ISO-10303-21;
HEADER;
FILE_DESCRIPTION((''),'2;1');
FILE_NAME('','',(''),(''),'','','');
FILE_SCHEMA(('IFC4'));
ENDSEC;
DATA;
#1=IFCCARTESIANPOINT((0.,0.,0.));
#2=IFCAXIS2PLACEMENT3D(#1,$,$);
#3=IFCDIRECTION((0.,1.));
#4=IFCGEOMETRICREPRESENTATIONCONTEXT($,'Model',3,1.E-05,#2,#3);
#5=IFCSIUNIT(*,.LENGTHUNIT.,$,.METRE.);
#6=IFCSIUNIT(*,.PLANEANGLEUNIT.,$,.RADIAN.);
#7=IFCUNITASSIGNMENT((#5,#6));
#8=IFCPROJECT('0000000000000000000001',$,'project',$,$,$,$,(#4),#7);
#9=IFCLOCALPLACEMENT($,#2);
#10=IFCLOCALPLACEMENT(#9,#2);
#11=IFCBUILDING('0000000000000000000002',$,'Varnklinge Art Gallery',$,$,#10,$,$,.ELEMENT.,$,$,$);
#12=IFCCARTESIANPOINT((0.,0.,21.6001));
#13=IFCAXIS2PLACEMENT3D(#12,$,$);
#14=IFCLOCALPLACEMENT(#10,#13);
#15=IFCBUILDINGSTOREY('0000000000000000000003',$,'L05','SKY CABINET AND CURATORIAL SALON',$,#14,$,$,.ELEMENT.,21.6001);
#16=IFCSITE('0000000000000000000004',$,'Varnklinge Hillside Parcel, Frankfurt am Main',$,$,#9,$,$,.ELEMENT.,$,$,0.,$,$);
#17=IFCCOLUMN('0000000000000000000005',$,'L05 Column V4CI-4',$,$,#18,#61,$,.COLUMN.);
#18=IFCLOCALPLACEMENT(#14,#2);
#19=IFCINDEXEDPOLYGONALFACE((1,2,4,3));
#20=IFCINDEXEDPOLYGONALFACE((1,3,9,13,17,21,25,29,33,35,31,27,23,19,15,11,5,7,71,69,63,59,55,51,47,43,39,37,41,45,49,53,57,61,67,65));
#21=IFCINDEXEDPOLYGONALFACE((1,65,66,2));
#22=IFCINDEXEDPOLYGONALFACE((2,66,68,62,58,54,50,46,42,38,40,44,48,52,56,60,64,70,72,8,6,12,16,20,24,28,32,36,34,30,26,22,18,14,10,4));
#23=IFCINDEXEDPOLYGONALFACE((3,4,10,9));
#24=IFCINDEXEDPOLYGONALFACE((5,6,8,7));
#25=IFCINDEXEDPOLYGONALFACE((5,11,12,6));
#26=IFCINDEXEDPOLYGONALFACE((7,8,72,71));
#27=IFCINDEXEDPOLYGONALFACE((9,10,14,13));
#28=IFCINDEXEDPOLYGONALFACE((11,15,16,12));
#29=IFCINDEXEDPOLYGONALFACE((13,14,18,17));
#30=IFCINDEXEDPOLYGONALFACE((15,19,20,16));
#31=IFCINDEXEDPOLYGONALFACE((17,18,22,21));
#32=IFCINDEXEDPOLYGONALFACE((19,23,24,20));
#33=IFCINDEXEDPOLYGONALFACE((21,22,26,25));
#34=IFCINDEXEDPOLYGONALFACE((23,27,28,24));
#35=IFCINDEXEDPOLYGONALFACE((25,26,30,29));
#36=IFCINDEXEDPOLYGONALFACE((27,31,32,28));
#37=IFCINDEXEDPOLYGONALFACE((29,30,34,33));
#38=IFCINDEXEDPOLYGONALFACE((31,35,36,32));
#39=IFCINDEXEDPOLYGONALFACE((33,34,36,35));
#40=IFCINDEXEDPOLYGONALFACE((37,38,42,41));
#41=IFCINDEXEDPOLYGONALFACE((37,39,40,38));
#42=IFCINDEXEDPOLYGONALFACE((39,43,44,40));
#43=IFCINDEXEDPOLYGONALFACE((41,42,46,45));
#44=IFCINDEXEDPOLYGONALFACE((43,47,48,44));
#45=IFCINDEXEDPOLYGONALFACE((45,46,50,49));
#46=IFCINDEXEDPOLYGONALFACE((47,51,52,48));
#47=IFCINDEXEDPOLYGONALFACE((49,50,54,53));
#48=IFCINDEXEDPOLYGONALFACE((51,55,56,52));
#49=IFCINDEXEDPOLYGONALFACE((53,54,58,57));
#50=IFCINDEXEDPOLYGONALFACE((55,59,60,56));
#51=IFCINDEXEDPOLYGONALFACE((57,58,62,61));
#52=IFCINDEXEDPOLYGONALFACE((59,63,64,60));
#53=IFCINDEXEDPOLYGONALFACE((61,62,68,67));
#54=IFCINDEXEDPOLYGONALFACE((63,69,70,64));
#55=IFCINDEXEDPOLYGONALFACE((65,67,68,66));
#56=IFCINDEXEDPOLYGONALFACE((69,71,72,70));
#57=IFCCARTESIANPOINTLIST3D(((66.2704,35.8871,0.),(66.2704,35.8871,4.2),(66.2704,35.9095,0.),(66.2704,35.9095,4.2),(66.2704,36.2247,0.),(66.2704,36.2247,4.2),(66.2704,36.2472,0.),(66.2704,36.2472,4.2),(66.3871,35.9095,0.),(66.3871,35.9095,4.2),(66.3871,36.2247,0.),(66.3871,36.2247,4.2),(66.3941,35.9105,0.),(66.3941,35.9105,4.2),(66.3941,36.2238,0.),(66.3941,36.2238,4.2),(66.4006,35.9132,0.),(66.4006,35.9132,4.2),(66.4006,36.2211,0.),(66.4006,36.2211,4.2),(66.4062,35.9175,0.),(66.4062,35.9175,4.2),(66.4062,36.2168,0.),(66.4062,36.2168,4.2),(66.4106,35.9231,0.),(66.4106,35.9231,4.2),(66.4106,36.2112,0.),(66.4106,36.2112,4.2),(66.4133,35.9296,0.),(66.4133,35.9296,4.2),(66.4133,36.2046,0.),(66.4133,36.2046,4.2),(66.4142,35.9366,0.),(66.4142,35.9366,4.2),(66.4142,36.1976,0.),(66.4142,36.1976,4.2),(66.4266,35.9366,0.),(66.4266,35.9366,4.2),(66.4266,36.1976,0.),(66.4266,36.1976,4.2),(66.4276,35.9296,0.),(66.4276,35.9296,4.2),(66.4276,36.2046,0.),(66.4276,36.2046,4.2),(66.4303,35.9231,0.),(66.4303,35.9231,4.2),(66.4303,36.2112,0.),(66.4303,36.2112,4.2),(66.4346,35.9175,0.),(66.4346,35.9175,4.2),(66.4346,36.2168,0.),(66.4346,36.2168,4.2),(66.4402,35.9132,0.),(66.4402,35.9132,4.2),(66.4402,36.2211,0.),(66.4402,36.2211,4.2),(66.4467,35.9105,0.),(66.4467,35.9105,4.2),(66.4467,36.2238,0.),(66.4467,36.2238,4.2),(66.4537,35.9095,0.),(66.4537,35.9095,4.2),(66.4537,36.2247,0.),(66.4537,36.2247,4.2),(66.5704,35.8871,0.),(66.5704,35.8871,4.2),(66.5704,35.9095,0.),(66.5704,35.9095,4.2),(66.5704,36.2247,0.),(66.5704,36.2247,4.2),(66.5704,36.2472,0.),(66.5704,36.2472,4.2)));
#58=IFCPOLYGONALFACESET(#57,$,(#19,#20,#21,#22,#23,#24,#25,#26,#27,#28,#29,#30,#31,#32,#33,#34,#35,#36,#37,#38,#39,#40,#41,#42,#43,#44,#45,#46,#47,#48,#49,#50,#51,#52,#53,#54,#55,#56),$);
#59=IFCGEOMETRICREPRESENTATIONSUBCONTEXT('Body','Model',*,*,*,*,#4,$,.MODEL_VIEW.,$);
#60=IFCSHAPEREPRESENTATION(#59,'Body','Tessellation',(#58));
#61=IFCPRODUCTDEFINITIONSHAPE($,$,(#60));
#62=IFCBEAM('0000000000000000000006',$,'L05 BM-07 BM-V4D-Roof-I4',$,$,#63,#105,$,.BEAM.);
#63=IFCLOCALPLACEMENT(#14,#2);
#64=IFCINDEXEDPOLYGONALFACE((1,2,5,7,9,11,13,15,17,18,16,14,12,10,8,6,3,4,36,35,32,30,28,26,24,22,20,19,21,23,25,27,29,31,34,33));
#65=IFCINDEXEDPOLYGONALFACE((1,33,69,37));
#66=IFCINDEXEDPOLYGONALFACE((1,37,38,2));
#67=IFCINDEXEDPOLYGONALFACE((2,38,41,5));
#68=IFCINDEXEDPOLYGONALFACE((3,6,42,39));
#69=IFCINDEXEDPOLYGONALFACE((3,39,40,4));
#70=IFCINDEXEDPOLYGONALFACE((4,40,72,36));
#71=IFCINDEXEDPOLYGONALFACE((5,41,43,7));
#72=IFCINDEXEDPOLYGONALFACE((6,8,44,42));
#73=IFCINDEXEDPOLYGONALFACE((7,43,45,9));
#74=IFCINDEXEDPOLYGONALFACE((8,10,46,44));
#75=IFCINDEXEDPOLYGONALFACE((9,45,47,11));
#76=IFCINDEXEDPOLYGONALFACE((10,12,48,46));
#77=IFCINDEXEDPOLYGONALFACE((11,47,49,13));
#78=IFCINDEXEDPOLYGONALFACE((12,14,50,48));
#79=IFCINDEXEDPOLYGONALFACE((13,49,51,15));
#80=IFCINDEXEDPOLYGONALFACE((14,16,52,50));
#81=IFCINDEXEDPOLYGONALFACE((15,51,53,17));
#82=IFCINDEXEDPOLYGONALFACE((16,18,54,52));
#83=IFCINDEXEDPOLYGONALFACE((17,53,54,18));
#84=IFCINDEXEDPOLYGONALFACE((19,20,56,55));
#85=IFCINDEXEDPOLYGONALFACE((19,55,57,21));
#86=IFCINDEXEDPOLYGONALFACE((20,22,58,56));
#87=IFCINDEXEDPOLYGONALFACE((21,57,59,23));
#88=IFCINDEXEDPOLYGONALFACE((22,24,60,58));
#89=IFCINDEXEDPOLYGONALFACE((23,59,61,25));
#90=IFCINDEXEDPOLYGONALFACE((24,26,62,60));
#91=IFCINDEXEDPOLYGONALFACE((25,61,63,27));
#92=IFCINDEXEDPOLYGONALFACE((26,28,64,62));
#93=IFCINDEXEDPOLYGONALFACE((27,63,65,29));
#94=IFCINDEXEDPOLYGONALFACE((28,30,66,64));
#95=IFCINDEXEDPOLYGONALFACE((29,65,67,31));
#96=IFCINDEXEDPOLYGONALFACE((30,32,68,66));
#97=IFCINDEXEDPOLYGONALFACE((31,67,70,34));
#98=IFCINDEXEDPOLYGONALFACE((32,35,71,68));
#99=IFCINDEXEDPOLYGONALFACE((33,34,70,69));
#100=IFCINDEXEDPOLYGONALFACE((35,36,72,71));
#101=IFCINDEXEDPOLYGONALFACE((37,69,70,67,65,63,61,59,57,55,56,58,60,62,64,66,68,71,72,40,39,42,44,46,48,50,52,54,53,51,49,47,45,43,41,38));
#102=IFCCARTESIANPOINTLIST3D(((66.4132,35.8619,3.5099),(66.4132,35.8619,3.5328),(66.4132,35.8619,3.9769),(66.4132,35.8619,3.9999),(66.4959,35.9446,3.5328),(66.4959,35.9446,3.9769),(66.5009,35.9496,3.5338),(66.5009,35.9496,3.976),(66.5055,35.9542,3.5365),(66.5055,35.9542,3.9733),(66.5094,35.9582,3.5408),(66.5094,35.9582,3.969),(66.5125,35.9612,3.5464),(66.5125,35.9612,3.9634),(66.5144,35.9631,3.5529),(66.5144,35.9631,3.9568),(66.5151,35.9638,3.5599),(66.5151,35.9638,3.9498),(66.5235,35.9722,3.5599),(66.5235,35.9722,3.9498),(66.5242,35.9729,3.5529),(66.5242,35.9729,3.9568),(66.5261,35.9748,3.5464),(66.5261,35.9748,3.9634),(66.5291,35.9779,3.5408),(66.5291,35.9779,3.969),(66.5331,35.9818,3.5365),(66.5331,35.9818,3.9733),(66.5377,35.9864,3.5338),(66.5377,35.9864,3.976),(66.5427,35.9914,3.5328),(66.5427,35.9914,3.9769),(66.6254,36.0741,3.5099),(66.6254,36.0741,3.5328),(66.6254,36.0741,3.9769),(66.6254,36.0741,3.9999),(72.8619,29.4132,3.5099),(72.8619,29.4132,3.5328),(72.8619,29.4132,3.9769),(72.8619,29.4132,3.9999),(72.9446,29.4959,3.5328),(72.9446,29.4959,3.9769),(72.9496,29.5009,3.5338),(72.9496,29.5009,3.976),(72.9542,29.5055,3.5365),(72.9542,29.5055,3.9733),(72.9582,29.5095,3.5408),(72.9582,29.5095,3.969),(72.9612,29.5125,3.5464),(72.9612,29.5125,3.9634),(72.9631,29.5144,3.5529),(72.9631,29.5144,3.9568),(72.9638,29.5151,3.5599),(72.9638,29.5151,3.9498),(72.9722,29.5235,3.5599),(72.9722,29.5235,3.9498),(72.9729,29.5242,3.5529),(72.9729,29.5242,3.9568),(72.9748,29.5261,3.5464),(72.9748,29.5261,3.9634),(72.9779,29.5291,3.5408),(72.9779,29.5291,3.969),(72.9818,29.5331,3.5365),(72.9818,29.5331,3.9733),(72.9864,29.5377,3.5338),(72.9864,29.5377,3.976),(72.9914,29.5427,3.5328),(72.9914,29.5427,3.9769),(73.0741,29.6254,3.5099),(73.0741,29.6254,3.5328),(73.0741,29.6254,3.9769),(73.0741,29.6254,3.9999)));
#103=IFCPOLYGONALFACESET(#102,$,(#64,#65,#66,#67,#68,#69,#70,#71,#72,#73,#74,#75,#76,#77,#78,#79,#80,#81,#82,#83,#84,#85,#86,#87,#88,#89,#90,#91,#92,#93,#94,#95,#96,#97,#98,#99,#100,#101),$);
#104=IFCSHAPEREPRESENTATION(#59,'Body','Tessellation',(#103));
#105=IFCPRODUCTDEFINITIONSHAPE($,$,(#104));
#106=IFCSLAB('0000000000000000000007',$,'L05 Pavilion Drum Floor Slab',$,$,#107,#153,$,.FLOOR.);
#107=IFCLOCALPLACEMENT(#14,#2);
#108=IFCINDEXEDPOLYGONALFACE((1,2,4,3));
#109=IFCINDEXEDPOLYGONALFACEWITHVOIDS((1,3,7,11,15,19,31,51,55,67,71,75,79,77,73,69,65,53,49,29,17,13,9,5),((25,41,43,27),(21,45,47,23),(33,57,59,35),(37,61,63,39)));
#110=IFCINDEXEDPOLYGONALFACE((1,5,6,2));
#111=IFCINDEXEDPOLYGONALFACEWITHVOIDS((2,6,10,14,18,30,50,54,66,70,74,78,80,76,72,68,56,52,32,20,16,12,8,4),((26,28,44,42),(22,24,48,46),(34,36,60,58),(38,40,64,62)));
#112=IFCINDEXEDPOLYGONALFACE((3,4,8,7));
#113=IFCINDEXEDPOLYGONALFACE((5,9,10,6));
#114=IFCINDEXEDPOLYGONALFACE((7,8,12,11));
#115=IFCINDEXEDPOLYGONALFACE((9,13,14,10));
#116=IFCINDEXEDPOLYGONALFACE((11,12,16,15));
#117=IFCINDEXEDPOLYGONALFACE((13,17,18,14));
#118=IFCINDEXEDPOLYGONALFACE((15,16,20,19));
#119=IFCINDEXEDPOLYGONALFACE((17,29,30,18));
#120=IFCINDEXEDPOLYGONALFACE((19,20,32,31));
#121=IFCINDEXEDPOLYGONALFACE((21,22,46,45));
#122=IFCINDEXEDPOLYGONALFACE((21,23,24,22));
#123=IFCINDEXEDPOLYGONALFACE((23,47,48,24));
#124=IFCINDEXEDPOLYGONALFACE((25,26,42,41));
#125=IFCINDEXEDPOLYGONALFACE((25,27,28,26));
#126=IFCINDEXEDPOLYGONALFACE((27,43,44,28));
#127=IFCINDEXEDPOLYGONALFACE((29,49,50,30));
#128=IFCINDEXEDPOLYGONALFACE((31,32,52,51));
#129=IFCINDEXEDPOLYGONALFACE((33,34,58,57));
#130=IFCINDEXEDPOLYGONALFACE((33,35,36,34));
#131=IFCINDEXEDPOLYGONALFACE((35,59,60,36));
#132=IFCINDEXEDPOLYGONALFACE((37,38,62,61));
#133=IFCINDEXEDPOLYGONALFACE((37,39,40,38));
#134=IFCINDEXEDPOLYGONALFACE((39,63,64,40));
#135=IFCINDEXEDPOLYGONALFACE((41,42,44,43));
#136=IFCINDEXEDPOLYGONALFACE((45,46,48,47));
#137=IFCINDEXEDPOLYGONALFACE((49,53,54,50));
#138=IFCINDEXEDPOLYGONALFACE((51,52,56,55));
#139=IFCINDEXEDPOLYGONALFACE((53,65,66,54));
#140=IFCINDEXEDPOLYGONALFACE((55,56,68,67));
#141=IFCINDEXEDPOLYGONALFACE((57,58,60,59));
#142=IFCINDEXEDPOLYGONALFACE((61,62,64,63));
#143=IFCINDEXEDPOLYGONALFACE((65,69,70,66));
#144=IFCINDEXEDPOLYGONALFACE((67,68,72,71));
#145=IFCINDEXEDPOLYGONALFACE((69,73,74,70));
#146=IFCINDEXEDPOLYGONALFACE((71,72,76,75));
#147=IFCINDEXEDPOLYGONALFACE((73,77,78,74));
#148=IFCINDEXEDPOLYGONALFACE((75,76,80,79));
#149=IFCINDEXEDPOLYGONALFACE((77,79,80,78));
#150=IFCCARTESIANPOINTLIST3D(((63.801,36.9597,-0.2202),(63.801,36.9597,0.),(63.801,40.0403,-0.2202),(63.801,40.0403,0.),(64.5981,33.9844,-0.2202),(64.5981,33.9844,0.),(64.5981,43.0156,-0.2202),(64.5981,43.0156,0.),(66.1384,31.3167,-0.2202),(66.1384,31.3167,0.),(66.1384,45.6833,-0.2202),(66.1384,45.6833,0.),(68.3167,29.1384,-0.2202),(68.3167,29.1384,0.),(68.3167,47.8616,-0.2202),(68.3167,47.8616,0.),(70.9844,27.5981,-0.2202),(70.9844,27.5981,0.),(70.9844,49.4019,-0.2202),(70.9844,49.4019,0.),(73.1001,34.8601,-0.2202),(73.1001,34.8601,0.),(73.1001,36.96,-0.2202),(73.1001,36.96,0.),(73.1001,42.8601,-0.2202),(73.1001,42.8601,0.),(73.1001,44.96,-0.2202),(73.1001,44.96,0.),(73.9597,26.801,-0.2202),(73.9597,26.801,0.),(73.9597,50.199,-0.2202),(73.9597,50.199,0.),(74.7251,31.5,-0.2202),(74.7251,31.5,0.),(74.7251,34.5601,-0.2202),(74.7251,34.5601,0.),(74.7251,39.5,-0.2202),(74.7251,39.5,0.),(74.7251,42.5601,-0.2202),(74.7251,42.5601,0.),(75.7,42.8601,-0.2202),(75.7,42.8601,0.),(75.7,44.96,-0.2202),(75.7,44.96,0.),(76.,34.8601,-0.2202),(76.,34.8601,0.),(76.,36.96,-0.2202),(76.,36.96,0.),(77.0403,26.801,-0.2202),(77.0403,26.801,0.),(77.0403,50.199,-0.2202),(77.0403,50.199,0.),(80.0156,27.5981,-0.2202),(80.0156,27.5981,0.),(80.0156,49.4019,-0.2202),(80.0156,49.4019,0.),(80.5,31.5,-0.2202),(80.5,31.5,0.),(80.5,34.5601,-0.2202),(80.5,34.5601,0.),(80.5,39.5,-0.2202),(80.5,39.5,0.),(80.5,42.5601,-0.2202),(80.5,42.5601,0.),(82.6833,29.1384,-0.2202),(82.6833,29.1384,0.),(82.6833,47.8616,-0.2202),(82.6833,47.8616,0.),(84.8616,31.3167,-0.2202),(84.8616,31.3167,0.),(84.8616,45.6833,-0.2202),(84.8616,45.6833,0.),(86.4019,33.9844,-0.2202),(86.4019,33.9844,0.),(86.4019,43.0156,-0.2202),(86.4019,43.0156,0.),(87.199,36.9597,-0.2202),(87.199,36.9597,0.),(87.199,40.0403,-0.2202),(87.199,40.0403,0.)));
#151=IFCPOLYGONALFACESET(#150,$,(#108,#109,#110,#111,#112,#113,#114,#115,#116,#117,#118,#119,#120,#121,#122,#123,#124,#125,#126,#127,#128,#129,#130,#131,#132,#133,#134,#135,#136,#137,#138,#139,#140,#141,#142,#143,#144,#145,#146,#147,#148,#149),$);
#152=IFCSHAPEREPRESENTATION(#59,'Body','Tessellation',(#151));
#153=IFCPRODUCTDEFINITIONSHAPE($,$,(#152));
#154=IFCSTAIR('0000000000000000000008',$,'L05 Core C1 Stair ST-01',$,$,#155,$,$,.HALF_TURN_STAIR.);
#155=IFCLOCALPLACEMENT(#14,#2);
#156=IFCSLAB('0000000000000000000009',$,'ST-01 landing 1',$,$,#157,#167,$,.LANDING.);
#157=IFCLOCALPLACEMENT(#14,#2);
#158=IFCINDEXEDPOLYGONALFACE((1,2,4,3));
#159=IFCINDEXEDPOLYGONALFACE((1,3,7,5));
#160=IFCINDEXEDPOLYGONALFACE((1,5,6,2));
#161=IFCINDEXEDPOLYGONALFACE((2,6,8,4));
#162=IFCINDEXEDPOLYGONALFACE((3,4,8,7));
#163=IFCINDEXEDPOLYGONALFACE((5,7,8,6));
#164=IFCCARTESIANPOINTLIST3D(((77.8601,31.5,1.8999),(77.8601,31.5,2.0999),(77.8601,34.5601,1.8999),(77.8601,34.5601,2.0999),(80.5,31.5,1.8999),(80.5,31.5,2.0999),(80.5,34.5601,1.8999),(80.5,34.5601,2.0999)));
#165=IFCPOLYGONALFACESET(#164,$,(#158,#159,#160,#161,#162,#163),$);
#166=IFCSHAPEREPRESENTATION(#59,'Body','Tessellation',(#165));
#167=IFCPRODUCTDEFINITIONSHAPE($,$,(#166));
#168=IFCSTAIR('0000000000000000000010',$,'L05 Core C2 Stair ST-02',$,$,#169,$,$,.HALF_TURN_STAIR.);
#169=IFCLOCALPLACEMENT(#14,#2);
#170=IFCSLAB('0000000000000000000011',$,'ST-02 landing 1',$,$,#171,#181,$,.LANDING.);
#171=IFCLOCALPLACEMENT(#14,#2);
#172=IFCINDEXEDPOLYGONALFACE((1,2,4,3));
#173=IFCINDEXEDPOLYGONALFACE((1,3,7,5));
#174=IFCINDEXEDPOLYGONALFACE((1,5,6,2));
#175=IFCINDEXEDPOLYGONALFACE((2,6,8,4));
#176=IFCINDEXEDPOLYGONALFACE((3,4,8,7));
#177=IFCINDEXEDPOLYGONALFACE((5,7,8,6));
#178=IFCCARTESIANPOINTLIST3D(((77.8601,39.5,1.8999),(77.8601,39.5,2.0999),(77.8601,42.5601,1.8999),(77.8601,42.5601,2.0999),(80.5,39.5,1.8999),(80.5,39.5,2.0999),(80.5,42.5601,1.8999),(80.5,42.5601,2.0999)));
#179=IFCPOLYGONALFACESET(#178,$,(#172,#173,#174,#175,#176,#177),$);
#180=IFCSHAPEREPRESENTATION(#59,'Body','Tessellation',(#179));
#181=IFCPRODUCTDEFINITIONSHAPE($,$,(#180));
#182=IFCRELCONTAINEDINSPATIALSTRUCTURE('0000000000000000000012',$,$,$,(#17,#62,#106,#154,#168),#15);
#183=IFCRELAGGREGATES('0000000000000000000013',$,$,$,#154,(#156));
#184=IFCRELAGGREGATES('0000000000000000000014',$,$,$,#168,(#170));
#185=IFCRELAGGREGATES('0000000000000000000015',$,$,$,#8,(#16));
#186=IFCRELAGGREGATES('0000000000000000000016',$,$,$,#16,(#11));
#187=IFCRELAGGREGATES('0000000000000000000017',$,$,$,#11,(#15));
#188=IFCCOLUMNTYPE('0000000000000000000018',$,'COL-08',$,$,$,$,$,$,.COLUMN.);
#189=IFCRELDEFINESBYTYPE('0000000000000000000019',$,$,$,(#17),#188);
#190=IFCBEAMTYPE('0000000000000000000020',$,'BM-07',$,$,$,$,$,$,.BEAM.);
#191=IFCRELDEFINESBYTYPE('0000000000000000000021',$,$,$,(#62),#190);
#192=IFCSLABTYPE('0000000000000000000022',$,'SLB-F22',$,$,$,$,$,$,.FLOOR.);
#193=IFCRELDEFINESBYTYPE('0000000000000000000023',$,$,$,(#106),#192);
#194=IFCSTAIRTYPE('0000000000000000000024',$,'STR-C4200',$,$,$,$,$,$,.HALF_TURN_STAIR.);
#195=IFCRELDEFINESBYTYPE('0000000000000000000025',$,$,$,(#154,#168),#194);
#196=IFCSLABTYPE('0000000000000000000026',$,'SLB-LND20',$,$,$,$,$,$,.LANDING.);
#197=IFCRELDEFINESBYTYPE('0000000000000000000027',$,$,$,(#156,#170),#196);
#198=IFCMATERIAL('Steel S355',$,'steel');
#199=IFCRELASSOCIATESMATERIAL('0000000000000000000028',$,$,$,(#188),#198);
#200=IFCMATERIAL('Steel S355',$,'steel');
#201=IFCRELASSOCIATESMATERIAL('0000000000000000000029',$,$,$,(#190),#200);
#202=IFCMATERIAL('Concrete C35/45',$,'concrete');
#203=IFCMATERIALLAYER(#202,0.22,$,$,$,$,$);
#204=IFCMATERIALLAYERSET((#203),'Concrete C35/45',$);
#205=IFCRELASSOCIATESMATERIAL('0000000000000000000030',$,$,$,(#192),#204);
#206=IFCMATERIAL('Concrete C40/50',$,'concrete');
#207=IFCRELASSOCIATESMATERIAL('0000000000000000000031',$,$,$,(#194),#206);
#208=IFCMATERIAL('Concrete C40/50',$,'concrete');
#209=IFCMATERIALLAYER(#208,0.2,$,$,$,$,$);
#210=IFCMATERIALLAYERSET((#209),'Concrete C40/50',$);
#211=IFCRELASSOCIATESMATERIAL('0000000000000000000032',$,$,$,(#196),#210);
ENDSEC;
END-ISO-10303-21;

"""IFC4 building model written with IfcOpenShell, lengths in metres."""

from ifc_helpers import new_model, si_unit, direction, frame, origin, origin_2d, place, context, subcontext, project, spatial, polyline, i_section, outline, extrude, material, layer, layer_set, material_profile, profile_set, type_object, element, aggregate, save


model = new_model("IFC4")

# Units and contexts
model_context = context("Model", 3, precision=1e-05, world=origin(), true_north=direction((0.0, 1.0)))
body_context = subcontext(model_context, "Body", "Model", "MODEL_VIEW")
ifc_project = project(units=[si_unit("LENGTHUNIT", "METRE"), si_unit("PLANEANGLEUNIT", "RADIAN")], contexts=[model_context])

# Site, building, storey
site_placement = place(None, origin())
site = spatial("IfcSite", under=ifc_project, at=site_placement, Name="Varnklinge Hillside Parcel, Frankfurt am Main", CompositionType="ELEMENT", RefElevation=0.0)
building_placement = place(site_placement, origin())
building = spatial("IfcBuilding", under=site, at=building_placement, Name="Varnklinge Art Gallery", CompositionType="ELEMENT")
storey_placement = place(building_placement, frame((0.0, 0.0, 21.6001)))
storey = spatial("IfcBuildingStorey", under=building, at=storey_placement, Name="L05", Description="SKY CABINET AND CURATORIAL SALON", CompositionType="ELEMENT", Elevation=21.6001)

# Column
ifc_material_1 = material(Name="Steel S355", Category="steel")
ifc_material_profile_1 = material_profile(ifc_material_1, i_section(OverallWidth=0.3, OverallDepth=0.3601, WebThickness=0.0125, FlangeThickness=0.0225, FilletRadius=0.0271, at=origin_2d()), Name="HEB 360")
ifc_profile_set_1 = profile_set([ifc_material_profile_1], Name="Steel S355")
column_type = type_object("IfcColumnType", Name="COL-08", PredefinedType="COLUMN", material=ifc_profile_set_1)
column_placement = place(storey_placement, frame((66.4204, 36.0671, 0.0), z_axis=(0.0, 0.0, 1.0), x_axis=(1.0, 0.0, 0.0)))
element("IfcColumn", 1, at=column_placement, inside=storey, type_object=column_type, Name="L05 Column V4CI-4", PredefinedType="COLUMN", context=body_context, shape_type="SweptSolid", body=[
    extrude(i_section(OverallWidth=0.3, OverallDepth=0.3601, WebThickness=0.0125, FlangeThickness=0.0225, FilletRadius=0.0271, at=origin_2d()), origin(), (0.0, 0.0, 1.0), 4.2),
])

# Beam
ifc_material_2 = material(Name="Steel S355", Category="steel")
ifc_material_profile_2 = material_profile(ifc_material_2, i_section(OverallWidth=0.3, OverallDepth=0.49, WebThickness=0.012, FlangeThickness=0.0229, FilletRadius=0.0271, at=origin_2d()), Name="HEA 500")
ifc_profile_set_2 = profile_set([ifc_material_profile_2], Name="Steel S355")
beam_type = type_object("IfcBeamType", Name="BM-07", PredefinedType="BEAM", material=ifc_profile_set_2)
beam_placement = place(storey_placement, frame((66.5193, 35.968, 3.7549), z_axis=(0.707107, -0.707107, 0.0), x_axis=(0.707107, 0.707107, 0.0)))
element("IfcBeam", 2, at=beam_placement, inside=storey, type_object=beam_type, Name="L05 BM-07 BM-V4D-Roof-I4", PredefinedType="BEAM", context=body_context, shape_type="SweptSolid", body=[
    extrude(i_section(OverallWidth=0.3, OverallDepth=0.49, WebThickness=0.012, FlangeThickness=0.0229, FilletRadius=0.0271, at=origin_2d()), origin(), (0.0, 0.0, 1.0), 9.1199),
])

# Slab
ifc_material_3 = material(Name="Concrete C35/45", Category="concrete")
ifc_layer_1 = layer(ifc_material_3, 0.22)
ifc_layer_set_1 = layer_set([ifc_layer_1], Name="Concrete C35/45")
slab_type_1 = type_object("IfcSlabType", Name="SLB-F22", PredefinedType="FLOOR", material=ifc_layer_set_1)
slab_1_placement = place(storey_placement, frame((0.0, 0.0, -0.2202)))
element("IfcSlab", 3, at=slab_1_placement, inside=storey, type_object=slab_type_1, Name="L05 Pavilion Drum Floor Slab", PredefinedType="FLOOR", context=body_context, shape_type="SweptSolid", body=[
    extrude(outline(polyline([(84.8616, 31.3167), (86.4019, 33.9844), (87.199, 36.9597), (87.199, 40.0403), (86.4019, 43.0156), (84.8616, 45.6833), (82.6833, 47.8616), (80.0156, 49.4019), (77.0403, 50.199), (73.9597, 50.199), (70.9844, 49.4019), (68.3167, 47.8616), (66.1384, 45.6833), (64.5981, 43.0156), (63.801, 40.0403), (63.801, 36.9597), (64.5981, 33.9844), (66.1384, 31.3167), (68.3167, 29.1384), (70.9844, 27.5981), (73.9597, 26.801), (77.0403, 26.801), (80.0156, 27.5981), (82.6833, 29.1384), (84.8616, 31.3167)]), holes=[polyline([(74.7251, 31.5), (74.7251, 34.5601), (80.5, 34.5601), (80.5, 31.5), (74.7251, 31.5)]), polyline([(73.1001, 36.96), (76.0, 36.96), (76.0, 34.8601), (73.1001, 34.8601), (73.1001, 36.96)]), polyline([(80.5, 42.5601), (80.5, 39.5), (74.7251, 39.5), (74.7251, 42.5601), (80.5, 42.5601)]), polyline([(75.7, 42.8601), (73.1001, 42.8601), (73.1001, 44.96), (75.7, 44.96), (75.7, 42.8601)])]), origin(), (0.0, 0.0, 1.0), 0.2202),
])

# Stairs, slabs
ifc_material_4 = material(Name="Concrete C40/50", Category="concrete")
stair_type = type_object("IfcStairType", Name="STR-C4200", PredefinedType="HALF_TURN_STAIR", material=ifc_material_4)
stair_1_placement = place(storey_placement, origin())
stair_1 = element("IfcStair", 4, at=stair_1_placement, inside=storey, type_object=stair_type, Name="L05 Core C1 Stair ST-01", PredefinedType="HALF_TURN_STAIR")
ifc_material_5 = material(Name="Concrete C40/50", Category="concrete")
ifc_layer_2 = layer(ifc_material_5, 0.2)
ifc_layer_set_2 = layer_set([ifc_layer_2], Name="Concrete C40/50")
slab_type_2 = type_object("IfcSlabType", Name="SLB-LND20", PredefinedType="LANDING", material=ifc_layer_set_2)
slab_2_placement = place(storey_placement, frame((0.0, 0.0, 1.8999)))
slab_2 = element("IfcSlab", 5, at=slab_2_placement, type_object=slab_type_2, Name="ST-01 landing 1", PredefinedType="LANDING", context=body_context, shape_type="SweptSolid", body=[
    extrude(outline(polyline([(77.8601, 31.5), (80.5, 31.5), (80.5, 34.5601), (77.8601, 34.5601), (77.8601, 31.5)])), origin(), (0.0, 0.0, 1.0), 0.2),
])
aggregate(stair_1, [slab_2])
stair_2_placement = place(storey_placement, origin())
stair_2 = element("IfcStair", 6, at=stair_2_placement, inside=storey, type_object=stair_type, Name="L05 Core C2 Stair ST-02", PredefinedType="HALF_TURN_STAIR")
slab_3_placement = place(storey_placement, frame((0.0, 0.0, 1.8999)))
slab_3 = element("IfcSlab", 7, at=slab_3_placement, type_object=slab_type_2, Name="ST-02 landing 1", PredefinedType="LANDING", context=body_context, shape_type="SweptSolid", body=[
    extrude(outline(polyline([(77.8601, 39.5), (80.5, 39.5), (80.5, 42.5601), (77.8601, 42.5601), (77.8601, 39.5)])), origin(), (0.0, 0.0, 1.0), 0.2),
])
aggregate(stair_2, [slab_3])

save(model, "model.ifc")
